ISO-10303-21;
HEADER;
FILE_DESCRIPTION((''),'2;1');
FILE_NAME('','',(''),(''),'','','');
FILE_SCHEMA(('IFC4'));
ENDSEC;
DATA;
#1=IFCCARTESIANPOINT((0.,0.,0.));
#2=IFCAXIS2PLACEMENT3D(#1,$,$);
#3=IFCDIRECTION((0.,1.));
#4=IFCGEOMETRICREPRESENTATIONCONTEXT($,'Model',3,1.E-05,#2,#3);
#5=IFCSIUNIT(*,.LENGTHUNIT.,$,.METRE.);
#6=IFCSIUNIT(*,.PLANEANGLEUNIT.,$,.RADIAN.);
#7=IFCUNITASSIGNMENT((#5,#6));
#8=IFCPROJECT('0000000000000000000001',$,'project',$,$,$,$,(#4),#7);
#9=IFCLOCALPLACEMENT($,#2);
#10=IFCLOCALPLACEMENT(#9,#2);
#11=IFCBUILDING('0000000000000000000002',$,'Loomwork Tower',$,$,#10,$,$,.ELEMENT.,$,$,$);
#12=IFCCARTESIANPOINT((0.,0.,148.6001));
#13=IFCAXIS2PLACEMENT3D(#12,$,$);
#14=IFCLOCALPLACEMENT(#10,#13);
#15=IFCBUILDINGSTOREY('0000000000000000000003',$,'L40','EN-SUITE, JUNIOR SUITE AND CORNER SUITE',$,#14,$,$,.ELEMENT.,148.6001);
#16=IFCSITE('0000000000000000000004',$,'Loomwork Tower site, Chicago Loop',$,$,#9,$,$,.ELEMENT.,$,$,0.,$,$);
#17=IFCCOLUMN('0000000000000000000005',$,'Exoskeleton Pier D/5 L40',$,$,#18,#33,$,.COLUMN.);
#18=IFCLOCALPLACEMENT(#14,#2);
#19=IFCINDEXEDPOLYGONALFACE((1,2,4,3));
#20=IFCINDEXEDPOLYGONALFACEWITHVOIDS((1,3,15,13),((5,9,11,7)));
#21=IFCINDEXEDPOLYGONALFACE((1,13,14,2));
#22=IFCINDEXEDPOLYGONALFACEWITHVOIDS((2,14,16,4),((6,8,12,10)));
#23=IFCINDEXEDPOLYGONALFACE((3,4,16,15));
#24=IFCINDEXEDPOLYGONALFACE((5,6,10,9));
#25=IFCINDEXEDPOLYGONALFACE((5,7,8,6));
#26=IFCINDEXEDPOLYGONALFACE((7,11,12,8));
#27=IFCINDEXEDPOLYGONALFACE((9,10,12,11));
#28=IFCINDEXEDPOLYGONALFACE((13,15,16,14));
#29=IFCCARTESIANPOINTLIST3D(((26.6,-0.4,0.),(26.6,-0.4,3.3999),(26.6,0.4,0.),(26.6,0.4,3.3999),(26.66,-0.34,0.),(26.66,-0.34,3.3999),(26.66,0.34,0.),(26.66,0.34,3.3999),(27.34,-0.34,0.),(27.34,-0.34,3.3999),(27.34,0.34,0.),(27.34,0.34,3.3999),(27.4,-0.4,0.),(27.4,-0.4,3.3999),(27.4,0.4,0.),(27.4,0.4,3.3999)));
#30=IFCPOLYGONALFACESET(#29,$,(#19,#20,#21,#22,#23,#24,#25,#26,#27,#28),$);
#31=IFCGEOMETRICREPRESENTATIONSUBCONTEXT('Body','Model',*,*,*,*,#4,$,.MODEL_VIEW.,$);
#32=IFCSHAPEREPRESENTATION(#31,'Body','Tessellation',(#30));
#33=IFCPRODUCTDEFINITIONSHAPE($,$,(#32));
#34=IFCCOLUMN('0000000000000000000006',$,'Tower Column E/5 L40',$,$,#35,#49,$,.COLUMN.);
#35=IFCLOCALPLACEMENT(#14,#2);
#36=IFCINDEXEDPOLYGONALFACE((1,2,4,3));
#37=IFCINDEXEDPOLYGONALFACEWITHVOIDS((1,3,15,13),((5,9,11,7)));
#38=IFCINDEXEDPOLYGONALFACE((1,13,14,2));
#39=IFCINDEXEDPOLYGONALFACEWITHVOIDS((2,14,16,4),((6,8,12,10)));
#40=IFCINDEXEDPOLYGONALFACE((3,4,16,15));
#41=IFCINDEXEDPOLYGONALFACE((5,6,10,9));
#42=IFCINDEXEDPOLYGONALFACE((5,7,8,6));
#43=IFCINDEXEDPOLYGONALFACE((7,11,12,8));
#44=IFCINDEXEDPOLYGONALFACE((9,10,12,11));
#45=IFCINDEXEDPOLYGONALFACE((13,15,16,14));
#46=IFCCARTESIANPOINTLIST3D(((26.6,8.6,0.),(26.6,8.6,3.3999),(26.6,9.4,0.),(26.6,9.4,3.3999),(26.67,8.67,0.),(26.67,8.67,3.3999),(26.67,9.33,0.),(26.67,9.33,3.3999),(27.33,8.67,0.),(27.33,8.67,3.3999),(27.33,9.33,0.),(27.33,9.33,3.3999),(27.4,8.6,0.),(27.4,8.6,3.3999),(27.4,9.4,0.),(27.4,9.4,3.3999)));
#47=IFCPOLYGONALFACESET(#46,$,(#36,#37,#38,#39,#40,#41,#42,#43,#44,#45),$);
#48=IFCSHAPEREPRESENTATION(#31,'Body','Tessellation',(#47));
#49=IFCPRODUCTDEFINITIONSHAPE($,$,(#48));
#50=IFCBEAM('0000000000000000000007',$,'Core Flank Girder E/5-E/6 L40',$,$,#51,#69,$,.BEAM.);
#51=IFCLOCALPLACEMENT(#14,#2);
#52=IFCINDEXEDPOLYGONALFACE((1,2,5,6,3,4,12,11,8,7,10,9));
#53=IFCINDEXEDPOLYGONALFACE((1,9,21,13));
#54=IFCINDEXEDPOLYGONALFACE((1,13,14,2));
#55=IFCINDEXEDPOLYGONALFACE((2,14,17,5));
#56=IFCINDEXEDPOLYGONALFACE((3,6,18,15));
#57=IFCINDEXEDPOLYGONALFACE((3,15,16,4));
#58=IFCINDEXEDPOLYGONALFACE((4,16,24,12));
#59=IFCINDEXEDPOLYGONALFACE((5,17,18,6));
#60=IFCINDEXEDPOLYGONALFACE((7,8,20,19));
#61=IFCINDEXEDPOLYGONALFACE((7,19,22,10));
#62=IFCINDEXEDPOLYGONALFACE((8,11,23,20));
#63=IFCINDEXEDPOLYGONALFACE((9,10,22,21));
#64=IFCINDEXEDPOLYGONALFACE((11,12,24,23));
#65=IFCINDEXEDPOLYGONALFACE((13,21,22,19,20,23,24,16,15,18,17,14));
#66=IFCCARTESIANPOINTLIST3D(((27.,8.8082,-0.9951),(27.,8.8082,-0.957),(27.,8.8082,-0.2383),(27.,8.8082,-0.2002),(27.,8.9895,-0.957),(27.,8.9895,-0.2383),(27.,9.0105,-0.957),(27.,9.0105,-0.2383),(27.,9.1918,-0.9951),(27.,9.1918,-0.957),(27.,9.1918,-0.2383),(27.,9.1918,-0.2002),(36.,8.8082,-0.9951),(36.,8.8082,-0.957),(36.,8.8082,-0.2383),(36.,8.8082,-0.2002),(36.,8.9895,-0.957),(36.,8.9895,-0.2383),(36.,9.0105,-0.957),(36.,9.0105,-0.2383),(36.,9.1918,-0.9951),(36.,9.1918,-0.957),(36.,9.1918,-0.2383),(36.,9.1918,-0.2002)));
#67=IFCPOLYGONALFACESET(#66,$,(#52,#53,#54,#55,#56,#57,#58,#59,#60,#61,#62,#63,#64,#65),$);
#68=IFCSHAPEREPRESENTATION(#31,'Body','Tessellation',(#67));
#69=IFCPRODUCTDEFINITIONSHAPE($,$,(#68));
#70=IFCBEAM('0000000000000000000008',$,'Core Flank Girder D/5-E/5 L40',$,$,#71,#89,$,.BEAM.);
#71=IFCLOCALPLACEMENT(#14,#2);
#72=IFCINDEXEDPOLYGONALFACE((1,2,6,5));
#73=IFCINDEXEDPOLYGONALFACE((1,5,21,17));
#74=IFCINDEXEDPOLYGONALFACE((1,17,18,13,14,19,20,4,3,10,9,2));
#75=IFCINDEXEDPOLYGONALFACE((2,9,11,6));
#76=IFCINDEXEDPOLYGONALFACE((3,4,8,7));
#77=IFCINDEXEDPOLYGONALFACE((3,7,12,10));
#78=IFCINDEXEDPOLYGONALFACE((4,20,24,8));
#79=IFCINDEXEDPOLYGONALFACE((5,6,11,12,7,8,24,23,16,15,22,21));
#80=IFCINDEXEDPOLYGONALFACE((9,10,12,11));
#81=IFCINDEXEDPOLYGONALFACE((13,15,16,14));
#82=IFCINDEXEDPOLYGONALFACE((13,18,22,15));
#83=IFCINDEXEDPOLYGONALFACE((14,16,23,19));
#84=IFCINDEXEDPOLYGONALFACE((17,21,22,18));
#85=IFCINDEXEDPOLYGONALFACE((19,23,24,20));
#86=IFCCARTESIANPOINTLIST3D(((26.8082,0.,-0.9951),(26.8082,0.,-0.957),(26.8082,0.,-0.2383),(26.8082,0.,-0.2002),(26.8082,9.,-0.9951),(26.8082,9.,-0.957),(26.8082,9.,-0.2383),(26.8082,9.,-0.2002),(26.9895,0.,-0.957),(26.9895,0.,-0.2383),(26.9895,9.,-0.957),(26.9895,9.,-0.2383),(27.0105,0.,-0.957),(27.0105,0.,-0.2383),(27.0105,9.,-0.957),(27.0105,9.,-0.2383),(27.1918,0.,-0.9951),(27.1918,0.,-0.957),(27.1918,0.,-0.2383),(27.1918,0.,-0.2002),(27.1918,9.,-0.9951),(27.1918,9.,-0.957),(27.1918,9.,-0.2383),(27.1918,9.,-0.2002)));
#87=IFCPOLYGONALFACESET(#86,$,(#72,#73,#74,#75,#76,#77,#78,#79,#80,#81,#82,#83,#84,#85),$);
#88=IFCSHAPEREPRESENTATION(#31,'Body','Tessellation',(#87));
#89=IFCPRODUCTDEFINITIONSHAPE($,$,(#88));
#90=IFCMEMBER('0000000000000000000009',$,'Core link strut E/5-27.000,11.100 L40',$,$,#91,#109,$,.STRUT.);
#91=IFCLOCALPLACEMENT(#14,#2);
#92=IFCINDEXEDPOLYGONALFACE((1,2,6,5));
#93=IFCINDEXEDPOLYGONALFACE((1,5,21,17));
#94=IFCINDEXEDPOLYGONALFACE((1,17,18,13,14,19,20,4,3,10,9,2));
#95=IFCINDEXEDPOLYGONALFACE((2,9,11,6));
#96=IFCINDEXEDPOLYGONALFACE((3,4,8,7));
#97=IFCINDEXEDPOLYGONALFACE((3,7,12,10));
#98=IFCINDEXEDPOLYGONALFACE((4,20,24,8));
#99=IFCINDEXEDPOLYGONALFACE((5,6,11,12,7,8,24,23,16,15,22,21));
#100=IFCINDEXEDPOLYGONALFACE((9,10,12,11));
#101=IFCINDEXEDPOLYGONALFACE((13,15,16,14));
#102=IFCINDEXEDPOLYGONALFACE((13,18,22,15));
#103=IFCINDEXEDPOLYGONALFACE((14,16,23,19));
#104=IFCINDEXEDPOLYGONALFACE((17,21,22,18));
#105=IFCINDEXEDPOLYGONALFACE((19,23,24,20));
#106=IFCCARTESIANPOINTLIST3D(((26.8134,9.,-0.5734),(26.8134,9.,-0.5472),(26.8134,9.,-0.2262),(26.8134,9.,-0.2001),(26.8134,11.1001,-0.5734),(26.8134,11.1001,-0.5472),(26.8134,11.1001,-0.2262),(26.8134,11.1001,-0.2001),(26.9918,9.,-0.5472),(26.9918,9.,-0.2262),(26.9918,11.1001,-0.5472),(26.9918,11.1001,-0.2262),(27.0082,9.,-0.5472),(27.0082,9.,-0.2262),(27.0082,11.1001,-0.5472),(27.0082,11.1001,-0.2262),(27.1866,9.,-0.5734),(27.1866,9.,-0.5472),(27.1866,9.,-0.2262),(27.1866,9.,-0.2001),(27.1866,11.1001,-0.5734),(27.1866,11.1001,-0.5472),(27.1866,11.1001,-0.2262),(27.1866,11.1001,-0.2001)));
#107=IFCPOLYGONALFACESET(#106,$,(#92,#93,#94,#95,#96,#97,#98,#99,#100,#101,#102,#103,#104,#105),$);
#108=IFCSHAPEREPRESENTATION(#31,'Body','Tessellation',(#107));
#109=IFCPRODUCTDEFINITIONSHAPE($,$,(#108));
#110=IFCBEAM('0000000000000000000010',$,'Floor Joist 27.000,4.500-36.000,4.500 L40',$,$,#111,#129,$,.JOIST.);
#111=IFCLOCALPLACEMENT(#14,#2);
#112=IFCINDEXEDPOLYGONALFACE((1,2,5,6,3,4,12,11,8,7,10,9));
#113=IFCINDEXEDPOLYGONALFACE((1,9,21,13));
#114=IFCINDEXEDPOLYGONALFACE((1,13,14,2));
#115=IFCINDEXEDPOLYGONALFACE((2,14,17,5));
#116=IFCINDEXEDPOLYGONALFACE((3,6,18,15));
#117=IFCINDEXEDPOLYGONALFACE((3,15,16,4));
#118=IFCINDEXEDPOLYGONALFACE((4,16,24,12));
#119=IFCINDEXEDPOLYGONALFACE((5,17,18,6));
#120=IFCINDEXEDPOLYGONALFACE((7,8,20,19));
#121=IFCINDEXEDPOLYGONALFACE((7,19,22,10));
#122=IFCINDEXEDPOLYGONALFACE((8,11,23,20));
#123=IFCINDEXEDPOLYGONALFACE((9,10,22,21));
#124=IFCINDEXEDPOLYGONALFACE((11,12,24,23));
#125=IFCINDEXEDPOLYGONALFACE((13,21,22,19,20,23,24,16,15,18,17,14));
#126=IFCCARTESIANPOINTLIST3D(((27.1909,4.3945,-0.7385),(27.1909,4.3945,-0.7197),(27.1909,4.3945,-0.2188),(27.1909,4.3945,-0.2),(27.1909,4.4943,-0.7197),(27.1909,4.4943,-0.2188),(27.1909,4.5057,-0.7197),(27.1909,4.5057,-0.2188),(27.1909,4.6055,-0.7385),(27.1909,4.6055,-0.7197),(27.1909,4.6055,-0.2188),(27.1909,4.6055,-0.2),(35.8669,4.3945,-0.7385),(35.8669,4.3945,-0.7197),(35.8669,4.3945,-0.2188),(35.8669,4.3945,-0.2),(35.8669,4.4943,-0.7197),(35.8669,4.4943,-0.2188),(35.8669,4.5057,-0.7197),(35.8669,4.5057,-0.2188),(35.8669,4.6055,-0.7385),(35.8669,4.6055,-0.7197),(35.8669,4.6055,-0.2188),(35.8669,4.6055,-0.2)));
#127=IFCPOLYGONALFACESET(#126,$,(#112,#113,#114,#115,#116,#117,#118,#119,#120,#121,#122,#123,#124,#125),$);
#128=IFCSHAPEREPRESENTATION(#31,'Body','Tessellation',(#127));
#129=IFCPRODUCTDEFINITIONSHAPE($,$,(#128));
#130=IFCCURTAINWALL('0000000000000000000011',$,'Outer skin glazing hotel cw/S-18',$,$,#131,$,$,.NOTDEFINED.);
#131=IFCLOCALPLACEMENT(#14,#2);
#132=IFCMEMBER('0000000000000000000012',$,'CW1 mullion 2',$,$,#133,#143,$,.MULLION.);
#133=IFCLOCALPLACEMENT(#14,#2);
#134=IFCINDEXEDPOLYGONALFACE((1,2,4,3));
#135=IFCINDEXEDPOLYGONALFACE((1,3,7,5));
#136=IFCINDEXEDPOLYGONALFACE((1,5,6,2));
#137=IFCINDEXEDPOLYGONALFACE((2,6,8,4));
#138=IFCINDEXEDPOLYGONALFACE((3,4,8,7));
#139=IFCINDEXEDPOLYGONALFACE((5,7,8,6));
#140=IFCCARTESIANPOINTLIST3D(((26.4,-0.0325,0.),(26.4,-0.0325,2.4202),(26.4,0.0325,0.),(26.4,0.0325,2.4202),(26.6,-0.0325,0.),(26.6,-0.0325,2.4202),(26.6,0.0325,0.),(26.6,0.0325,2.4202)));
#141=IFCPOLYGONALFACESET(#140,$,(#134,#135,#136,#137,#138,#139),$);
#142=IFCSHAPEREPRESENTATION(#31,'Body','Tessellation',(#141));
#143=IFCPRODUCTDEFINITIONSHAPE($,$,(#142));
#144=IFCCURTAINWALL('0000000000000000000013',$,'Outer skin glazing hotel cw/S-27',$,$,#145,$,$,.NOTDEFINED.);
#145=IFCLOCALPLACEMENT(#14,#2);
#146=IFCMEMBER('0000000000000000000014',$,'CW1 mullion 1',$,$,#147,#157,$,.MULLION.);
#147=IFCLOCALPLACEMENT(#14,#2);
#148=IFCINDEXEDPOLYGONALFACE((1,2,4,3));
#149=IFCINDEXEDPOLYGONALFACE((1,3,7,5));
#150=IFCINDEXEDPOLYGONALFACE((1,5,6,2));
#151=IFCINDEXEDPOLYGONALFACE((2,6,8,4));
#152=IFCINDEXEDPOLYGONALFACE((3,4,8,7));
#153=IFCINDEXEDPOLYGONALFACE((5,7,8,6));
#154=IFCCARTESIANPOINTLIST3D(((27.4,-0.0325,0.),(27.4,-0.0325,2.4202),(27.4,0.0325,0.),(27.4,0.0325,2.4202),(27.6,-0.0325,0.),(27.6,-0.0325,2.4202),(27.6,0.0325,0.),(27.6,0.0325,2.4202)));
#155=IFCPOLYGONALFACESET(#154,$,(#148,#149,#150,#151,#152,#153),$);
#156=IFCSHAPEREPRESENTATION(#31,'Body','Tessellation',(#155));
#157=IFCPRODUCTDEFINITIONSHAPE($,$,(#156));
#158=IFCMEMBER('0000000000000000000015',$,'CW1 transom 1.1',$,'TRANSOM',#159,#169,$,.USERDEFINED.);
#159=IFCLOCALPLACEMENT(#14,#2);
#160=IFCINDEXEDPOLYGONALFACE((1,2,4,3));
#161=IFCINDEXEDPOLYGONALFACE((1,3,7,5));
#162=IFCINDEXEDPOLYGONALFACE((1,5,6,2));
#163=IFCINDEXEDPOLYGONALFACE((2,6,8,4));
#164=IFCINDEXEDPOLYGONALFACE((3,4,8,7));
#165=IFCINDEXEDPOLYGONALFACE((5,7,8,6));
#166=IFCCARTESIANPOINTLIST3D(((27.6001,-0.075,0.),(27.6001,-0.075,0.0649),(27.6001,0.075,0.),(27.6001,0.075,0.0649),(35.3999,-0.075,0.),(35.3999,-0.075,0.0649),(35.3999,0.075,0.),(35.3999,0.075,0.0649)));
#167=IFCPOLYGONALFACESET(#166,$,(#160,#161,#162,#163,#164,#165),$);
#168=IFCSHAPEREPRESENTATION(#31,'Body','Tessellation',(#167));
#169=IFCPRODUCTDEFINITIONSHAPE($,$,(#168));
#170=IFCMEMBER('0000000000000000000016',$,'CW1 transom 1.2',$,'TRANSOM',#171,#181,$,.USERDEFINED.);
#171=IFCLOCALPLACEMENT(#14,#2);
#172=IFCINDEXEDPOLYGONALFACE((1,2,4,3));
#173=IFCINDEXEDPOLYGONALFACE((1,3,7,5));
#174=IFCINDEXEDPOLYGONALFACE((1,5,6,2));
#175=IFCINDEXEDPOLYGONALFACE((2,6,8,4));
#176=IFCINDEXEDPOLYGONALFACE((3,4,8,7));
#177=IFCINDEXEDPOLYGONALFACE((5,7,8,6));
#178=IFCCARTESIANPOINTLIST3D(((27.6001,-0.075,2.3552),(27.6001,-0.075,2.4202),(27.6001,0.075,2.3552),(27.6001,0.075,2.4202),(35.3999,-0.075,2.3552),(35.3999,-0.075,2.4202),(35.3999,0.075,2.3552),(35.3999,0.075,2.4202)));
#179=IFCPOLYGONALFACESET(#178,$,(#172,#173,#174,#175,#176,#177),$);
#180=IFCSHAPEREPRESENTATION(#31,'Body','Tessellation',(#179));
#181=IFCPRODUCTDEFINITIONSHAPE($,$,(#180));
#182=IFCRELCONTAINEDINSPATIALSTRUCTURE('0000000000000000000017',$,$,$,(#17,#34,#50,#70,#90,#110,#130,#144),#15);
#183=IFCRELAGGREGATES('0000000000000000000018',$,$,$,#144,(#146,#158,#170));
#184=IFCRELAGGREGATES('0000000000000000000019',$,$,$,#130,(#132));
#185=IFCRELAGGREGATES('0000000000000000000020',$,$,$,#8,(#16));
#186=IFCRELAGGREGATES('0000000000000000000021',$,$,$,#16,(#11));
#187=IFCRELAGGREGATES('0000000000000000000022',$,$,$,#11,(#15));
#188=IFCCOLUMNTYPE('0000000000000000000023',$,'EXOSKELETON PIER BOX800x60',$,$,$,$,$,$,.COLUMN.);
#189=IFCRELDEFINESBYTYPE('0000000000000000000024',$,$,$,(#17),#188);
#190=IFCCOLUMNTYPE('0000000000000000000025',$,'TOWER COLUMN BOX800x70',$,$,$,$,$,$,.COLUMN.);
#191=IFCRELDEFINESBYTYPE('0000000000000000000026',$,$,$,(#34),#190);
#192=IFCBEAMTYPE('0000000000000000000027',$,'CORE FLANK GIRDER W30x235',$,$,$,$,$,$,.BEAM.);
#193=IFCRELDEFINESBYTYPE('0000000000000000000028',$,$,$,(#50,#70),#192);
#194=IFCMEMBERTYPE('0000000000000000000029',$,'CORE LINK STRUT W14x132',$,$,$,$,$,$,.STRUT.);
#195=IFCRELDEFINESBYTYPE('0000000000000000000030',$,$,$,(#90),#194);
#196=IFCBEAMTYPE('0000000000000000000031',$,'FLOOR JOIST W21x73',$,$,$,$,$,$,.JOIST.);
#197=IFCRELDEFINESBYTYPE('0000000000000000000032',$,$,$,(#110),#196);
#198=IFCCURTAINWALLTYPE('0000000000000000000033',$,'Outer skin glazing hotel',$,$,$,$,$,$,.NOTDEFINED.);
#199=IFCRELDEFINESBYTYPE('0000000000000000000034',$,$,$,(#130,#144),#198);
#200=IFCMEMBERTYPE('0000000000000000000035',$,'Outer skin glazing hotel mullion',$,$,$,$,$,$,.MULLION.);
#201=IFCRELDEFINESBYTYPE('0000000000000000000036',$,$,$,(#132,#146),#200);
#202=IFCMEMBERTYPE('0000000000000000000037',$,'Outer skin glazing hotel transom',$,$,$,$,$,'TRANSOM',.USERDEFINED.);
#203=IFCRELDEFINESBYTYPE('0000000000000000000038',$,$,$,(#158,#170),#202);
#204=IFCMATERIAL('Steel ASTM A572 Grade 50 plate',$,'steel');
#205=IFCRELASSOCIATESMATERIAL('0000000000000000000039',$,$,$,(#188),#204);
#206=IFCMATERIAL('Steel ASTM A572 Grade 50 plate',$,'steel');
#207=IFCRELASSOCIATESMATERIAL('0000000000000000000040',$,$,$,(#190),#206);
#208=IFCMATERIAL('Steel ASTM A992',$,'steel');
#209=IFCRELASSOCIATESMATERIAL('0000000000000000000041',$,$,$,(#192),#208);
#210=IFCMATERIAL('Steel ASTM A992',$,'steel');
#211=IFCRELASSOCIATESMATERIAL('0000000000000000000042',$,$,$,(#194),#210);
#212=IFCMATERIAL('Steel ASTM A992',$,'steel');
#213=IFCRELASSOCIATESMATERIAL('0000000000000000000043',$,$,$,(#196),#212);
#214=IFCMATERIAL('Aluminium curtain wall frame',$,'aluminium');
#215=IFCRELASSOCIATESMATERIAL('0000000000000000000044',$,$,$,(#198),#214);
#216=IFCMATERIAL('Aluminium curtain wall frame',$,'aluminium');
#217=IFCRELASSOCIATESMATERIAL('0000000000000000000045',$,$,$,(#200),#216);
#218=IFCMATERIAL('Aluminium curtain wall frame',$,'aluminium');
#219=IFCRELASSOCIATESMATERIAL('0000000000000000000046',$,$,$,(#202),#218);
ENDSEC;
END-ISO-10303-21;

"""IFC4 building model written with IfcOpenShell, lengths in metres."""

from ifc_helpers import new_model, si_unit, direction, frame, origin, origin_2d, place, context, subcontext, project, spatial, rectangle, hollow_rectangle, i_section, extrude, material, material_profile, profile_set, type_object, element, aggregate, save


model = new_model("IFC4")

# Units and contexts
model_context = context("Model", 3, precision=1e-05, world=origin(), true_north=direction((0.0, 1.0)))
body_context = subcontext(model_context, "Body", "Model", "MODEL_VIEW")
ifc_project = project(units=[si_unit("LENGTHUNIT", "METRE"), si_unit("PLANEANGLEUNIT", "RADIAN")], contexts=[model_context])

# Site, building, storey
site_placement = place(None, origin())
site = spatial("IfcSite", under=ifc_project, at=site_placement, Name="Loomwork Tower site, Chicago Loop", CompositionType="ELEMENT", RefElevation=0.0)
building_placement = place(site_placement, origin())
building = spatial("IfcBuilding", under=site, at=building_placement, Name="Loomwork Tower", CompositionType="ELEMENT")
storey_placement = place(building_placement, frame((0.0, 0.0, 148.6001)))
storey = spatial("IfcBuildingStorey", under=building, at=storey_placement, Name="L40", Description="EN-SUITE, JUNIOR SUITE AND CORNER SUITE", CompositionType="ELEMENT", Elevation=148.6001)

# Columns
ifc_material_1 = material(Name="Steel ASTM A572 Grade 50 plate", Category="steel")
ifc_material_profile_1 = material_profile(ifc_material_1, hollow_rectangle(XDim=0.8, YDim=0.8, WallThickness=0.0601, at=origin_2d()), Name="BOX800x60")
ifc_profile_set_1 = profile_set([ifc_material_profile_1], Name="Steel ASTM A572 Grade 50 plate")
column_type_1 = type_object("IfcColumnType", Name="EXOSKELETON PIER BOX800x60", PredefinedType="COLUMN", material=ifc_profile_set_1)
column_1_placement = place(storey_placement, frame((27.0, 0.0, 0.0), z_axis=(0.0, 0.0, 1.0), x_axis=(1.0, 0.0, 0.0)))
element("IfcColumn", 1, at=column_1_placement, inside=storey, type_object=column_type_1, Name="Exoskeleton Pier D/5 L40", PredefinedType="COLUMN", context=body_context, shape_type="SweptSolid", body=[
    extrude(hollow_rectangle(XDim=0.8, YDim=0.8, WallThickness=0.0601, at=origin_2d()), origin(), (0.0, 0.0, 1.0), 3.3999),
])
ifc_material_2 = material(Name="Steel ASTM A572 Grade 50 plate", Category="steel")
ifc_material_profile_2 = material_profile(ifc_material_2, hollow_rectangle(XDim=0.8, YDim=0.8, WallThickness=0.0701, at=origin_2d()), Name="BOX800x70")
ifc_profile_set_2 = profile_set([ifc_material_profile_2], Name="Steel ASTM A572 Grade 50 plate")
column_type_2 = type_object("IfcColumnType", Name="TOWER COLUMN BOX800x70", PredefinedType="COLUMN", material=ifc_profile_set_2)
column_2_placement = place(storey_placement, frame((27.0, 9.0, 0.0), z_axis=(0.0, 0.0, 1.0), x_axis=(1.0, 0.0, 0.0)))
element("IfcColumn", 2, at=column_2_placement, inside=storey, type_object=column_type_2, Name="Tower Column E/5 L40", PredefinedType="COLUMN", context=body_context, shape_type="SweptSolid", body=[
    extrude(hollow_rectangle(XDim=0.8, YDim=0.8, WallThickness=0.0701, at=origin_2d()), origin(), (0.0, 0.0, 1.0), 3.3999),
])

# Beams
ifc_material_3 = material(Name="Steel ASTM A992", Category="steel")
ifc_material_profile_3 = material_profile(ifc_material_3, i_section(OverallWidth=0.3835, OverallDepth=0.7949, WebThickness=0.021, FlangeThickness=0.0381, at=origin_2d()), Name="W30x235")
ifc_profile_set_3 = profile_set([ifc_material_profile_3], Name="Steel ASTM A992")
beam_type_1 = type_object("IfcBeamType", Name="CORE FLANK GIRDER W30x235", PredefinedType="BEAM", material=ifc_profile_set_3)
for number, where, z_axis, x_axis, name in (
    (3, (27.0, 9.0, -0.5977), (1.0, 0.0, 0.0), (0.0, 1.0, 0.0), "Core Flank Girder E/5-E/6 L40"),
    (4, (27.0, 0.0, -0.5977), (0.0, 1.0, 0.0), (-1.0, 0.0, 0.0), "Core Flank Girder D/5-E/5 L40"),
):
    element("IfcBeam", number, at=place(storey_placement, frame(where, z_axis=z_axis, x_axis=x_axis)), inside=storey, type_object=beam_type_1, Name=name, PredefinedType="BEAM", context=body_context, shape_type="SweptSolid", body=[
        extrude(i_section(OverallWidth=0.3835, OverallDepth=0.7949, WebThickness=0.021, FlangeThickness=0.0381, at=origin_2d()), origin(), (0.0, 0.0, 1.0), 9.0),
    ])

# Member
ifc_material_4 = material(Name="Steel ASTM A992", Category="steel")
ifc_material_profile_4 = material_profile(ifc_material_4, i_section(OverallWidth=0.3733, OverallDepth=0.3733, WebThickness=0.0164, FlangeThickness=0.0261, at=origin_2d()), Name="W14x132")
ifc_profile_set_4 = profile_set([ifc_material_profile_4], Name="Steel ASTM A992")
member_type_1 = type_object("IfcMemberType", Name="CORE LINK STRUT W14x132", PredefinedType="STRUT", material=ifc_profile_set_4)
member_1_placement = place(storey_placement, frame((27.0, 9.0, -0.3867), z_axis=(0.0, 1.0, 0.0), x_axis=(-1.0, 0.0, 0.0)))
element("IfcMember", 5, at=member_1_placement, inside=storey, type_object=member_type_1, Name="Core link strut E/5-27.000,11.100 L40", PredefinedType="STRUT", context=body_context, shape_type="SweptSolid", body=[
    extrude(i_section(OverallWidth=0.3733, OverallDepth=0.3733, WebThickness=0.0164, FlangeThickness=0.0261, at=origin_2d()), origin(), (0.0, 0.0, 1.0), 2.1001),
])

# Beam
ifc_material_5 = material(Name="Steel ASTM A992", Category="steel")
ifc_material_profile_5 = material_profile(ifc_material_5, i_section(OverallWidth=0.2109, OverallDepth=0.5386, WebThickness=0.0115, FlangeThickness=0.0188, at=origin_2d()), Name="W21x73")
ifc_profile_set_5 = profile_set([ifc_material_profile_5], Name="Steel ASTM A992")
beam_type_2 = type_object("IfcBeamType", Name="FLOOR JOIST W21x73", PredefinedType="JOIST", material=ifc_profile_set_5)
beam_1_placement = place(storey_placement, frame((27.1909, 4.5, -0.4692), z_axis=(1.0, 0.0, 0.0), x_axis=(0.0, 1.0, 0.0)))
element("IfcBeam", 6, at=beam_1_placement, inside=storey, type_object=beam_type_2, Name="Floor Joist 27.000,4.500-36.000,4.500 L40", PredefinedType="JOIST", context=body_context, shape_type="SweptSolid", body=[
    extrude(i_section(OverallWidth=0.2109, OverallDepth=0.5386, WebThickness=0.0115, FlangeThickness=0.0188, at=origin_2d()), origin(), (0.0, 0.0, 1.0), 8.676),
])

# Curtain wall, member
ifc_material_6 = material(Name="Aluminium curtain wall frame", Category="aluminium")
curtain_wall_type = type_object("IfcCurtainWallType", Name="Outer skin glazing hotel", PredefinedType="NOTDEFINED", material=ifc_material_6)
curtain_wall_1_placement = place(storey_placement, origin())
curtain_wall_1 = element("IfcCurtainWall", 7, at=curtain_wall_1_placement, inside=storey, type_object=curtain_wall_type, Name="Outer skin glazing hotel cw/S-18", PredefinedType="NOTDEFINED")
ifc_material_7 = material(Name="Aluminium curtain wall frame", Category="aluminium")
ifc_material_profile_6 = material_profile(ifc_material_7, rectangle(XDim=0.0649, YDim=0.2, at=origin_2d()), Name="AL 65x200")
ifc_profile_set_6 = profile_set([ifc_material_profile_6], Name="Aluminium curtain wall frame")
member_type_2 = type_object("IfcMemberType", Name="Outer skin glazing hotel mullion", PredefinedType="MULLION", material=ifc_profile_set_6)
member_2_placement = place(storey_placement, frame((26.5, 0.0, 0.0), z_axis=(0.0, 0.0, 1.0), x_axis=(0.0, 1.0, 0.0)))
member_2 = element("IfcMember", 8, at=member_2_placement, type_object=member_type_2, Name="CW1 mullion 2", PredefinedType="MULLION", context=body_context, shape_type="SweptSolid", body=[
    extrude(rectangle(XDim=0.0649, YDim=0.2, at=origin_2d()), origin(), (0.0, 0.0, 1.0), 2.4202),
])

# Curtain wall, members
curtain_wall_2_placement = place(storey_placement, origin())
curtain_wall_2 = element("IfcCurtainWall", 9, at=curtain_wall_2_placement, inside=storey, type_object=curtain_wall_type, Name="Outer skin glazing hotel cw/S-27", PredefinedType="NOTDEFINED")
member_3_placement = place(storey_placement, frame((27.5, 0.0, 0.0), z_axis=(0.0, 0.0, 1.0), x_axis=(0.0, 1.0, 0.0)))
member_3 = element("IfcMember", 10, at=member_3_placement, type_object=member_type_2, Name="CW1 mullion 1", PredefinedType="MULLION", context=body_context, shape_type="SweptSolid", body=[
    extrude(rectangle(XDim=0.0649, YDim=0.2, at=origin_2d()), origin(), (0.0, 0.0, 1.0), 2.4202),
])
ifc_material_8 = material(Name="Aluminium curtain wall frame", Category="aluminium")
ifc_material_profile_7 = material_profile(ifc_material_8, rectangle(XDim=0.1499, YDim=0.0649, at=origin_2d()), Name="AL 65x150")
ifc_profile_set_7 = profile_set([ifc_material_profile_7], Name="Aluminium curtain wall frame")
member_type_3 = type_object("IfcMemberType", Name="Outer skin glazing hotel transom", ElementType="TRANSOM", PredefinedType="USERDEFINED", material=ifc_profile_set_7)
member_4_placement = place(storey_placement, frame((27.6001, 0.0, 0.0325), z_axis=(1.0, 0.0, 0.0), x_axis=(0.0, 1.0, 0.0)))
member_4 = element("IfcMember", 11, at=member_4_placement, type_object=member_type_3, Name="CW1 transom 1.1", ObjectType="TRANSOM", PredefinedType="USERDEFINED", context=body_context, shape_type="SweptSolid", body=[
    extrude(rectangle(XDim=0.1499, YDim=0.0649, at=origin_2d()), origin(), (0.0, 0.0, 1.0), 7.7998),
])
member_5_placement = place(storey_placement, frame((27.6001, 0.0, 2.3877), z_axis=(1.0, 0.0, 0.0), x_axis=(0.0, 1.0, 0.0)))
member_5 = element("IfcMember", 12, at=member_5_placement, type_object=member_type_3, Name="CW1 transom 1.2", ObjectType="TRANSOM", PredefinedType="USERDEFINED", context=body_context, shape_type="SweptSolid", body=[
    extrude(rectangle(XDim=0.1499, YDim=0.0649, at=origin_2d()), origin(), (0.0, 0.0, 1.0), 7.7998),
])
aggregate(curtain_wall_2, [member_3, member_4, member_5])

aggregate(curtain_wall_1, [member_2])

save(model, "model.ifc")
